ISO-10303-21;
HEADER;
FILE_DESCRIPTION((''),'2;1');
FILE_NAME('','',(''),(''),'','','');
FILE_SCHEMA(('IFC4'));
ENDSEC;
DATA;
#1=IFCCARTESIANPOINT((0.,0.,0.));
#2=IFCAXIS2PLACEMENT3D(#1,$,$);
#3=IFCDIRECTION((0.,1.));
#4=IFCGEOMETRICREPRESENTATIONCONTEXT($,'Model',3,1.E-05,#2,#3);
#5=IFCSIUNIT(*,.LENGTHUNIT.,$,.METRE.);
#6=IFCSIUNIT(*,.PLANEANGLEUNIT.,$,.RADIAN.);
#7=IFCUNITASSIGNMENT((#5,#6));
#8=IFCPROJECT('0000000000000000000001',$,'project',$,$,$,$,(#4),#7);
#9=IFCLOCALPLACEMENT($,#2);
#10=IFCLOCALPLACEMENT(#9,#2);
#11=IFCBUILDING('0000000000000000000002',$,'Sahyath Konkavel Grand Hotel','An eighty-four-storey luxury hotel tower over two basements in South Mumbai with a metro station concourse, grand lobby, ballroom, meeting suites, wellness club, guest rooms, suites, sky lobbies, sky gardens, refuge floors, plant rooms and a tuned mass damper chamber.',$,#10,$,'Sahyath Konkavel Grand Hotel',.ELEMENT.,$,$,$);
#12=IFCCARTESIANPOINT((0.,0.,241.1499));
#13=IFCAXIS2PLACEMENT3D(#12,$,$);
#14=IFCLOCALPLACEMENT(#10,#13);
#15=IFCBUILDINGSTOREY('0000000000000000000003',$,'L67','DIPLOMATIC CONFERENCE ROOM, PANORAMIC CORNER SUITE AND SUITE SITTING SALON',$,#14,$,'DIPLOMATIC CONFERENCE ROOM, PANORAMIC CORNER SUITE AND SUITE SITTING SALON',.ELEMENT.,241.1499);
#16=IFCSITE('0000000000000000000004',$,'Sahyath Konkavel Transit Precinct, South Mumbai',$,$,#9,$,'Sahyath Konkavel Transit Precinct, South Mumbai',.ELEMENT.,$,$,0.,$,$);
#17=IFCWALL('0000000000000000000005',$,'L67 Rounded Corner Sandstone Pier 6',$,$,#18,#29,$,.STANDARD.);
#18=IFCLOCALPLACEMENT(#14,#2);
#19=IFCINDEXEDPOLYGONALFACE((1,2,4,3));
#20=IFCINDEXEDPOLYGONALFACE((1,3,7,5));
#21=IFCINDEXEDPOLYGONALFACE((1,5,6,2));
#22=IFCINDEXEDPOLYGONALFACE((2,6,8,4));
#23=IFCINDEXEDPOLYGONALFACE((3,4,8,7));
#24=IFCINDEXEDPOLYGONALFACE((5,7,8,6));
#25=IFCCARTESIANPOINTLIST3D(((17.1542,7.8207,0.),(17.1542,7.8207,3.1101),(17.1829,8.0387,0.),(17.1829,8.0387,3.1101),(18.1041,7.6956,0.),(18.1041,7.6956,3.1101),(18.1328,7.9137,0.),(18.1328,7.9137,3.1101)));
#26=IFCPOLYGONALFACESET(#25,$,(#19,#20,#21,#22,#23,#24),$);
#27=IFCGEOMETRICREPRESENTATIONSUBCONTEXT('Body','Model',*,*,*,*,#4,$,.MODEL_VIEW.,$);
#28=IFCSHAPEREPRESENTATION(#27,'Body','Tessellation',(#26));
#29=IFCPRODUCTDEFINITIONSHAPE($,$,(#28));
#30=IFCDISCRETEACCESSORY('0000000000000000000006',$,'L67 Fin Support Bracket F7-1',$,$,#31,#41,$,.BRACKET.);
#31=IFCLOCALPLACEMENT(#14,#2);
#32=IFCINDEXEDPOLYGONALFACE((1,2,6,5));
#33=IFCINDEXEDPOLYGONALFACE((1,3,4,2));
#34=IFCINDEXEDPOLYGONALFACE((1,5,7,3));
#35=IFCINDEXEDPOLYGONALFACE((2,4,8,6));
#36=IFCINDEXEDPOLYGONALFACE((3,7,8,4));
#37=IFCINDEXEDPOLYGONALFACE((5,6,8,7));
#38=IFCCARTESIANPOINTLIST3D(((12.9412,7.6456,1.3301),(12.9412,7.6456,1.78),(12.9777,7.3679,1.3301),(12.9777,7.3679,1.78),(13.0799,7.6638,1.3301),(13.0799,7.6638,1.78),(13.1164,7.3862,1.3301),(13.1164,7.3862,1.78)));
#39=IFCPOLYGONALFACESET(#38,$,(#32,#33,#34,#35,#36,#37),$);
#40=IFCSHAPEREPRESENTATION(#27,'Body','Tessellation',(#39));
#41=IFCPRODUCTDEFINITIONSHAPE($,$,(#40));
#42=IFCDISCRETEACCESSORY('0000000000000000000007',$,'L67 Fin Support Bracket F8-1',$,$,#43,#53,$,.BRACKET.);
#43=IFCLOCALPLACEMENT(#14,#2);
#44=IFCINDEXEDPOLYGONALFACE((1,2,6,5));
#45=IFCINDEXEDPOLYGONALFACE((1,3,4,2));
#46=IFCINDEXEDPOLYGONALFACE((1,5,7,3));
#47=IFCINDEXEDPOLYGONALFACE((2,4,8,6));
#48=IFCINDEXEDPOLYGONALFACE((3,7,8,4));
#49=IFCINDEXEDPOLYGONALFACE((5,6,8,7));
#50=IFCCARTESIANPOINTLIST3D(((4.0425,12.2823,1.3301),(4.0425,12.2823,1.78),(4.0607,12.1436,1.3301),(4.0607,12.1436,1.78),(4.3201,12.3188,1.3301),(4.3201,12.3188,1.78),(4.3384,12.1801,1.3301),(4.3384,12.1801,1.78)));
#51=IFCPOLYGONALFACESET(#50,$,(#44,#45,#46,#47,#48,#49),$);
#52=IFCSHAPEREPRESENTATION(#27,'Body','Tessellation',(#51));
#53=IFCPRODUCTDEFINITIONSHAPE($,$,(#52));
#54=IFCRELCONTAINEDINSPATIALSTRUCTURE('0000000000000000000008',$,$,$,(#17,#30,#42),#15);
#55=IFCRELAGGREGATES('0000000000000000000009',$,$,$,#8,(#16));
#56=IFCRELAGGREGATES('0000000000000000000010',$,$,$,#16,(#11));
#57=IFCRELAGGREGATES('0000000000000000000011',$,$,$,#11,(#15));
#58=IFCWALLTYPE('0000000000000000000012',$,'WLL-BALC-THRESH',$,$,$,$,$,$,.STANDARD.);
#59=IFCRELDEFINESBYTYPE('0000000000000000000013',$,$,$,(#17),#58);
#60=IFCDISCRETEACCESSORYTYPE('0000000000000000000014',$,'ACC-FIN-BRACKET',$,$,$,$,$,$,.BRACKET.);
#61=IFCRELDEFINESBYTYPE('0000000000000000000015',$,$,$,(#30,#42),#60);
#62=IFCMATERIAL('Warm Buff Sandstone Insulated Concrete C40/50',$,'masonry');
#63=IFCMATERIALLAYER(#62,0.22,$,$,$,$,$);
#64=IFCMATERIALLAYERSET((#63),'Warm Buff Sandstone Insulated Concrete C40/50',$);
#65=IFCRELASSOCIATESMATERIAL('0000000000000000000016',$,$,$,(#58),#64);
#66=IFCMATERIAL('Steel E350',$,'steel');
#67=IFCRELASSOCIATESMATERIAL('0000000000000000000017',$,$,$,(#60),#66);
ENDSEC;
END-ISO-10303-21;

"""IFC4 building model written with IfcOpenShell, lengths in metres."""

from ifc_helpers import new_model, si_unit, direction, frame, frame_2d, origin, origin_2d, place, context, subcontext, project, spatial, rectangle, extrude, source, transform, mapped, material, layer, layer_set, type_object, element, save


model = new_model("IFC4")

# Units and contexts
model_context = context("Model", 3, precision=1e-05, world=origin(), true_north=direction((0.0, 1.0)))
body_context = subcontext(model_context, "Body", "Model", "MODEL_VIEW")
ifc_project = project(units=[si_unit("LENGTHUNIT", "METRE"), si_unit("PLANEANGLEUNIT", "RADIAN")], contexts=[model_context])

# Site, building, storey
site_placement = place(None, origin())
site = spatial("IfcSite", under=ifc_project, at=site_placement, Name="Sahyath Konkavel Transit Precinct, South Mumbai", LongName="Sahyath Konkavel Transit Precinct, South Mumbai", CompositionType="ELEMENT", RefElevation=0.0)
building_placement = place(site_placement, origin())
building = spatial("IfcBuilding", under=site, at=building_placement, Name="Sahyath Konkavel Grand Hotel", Description="An eighty-four-storey luxury hotel tower over two basements in South Mumbai with a metro station concourse, grand lobby, ballroom, meeting suites, wellness club, guest rooms, suites, sky lobbies, sky gardens, refuge floors, plant rooms and a tuned mass damper chamber.", LongName="Sahyath Konkavel Grand Hotel", CompositionType="ELEMENT")
storey_placement = place(building_placement, frame((0.0, 0.0, 241.1499)))
storey = spatial("IfcBuildingStorey", under=building, at=storey_placement, Name="L67", Description="DIPLOMATIC CONFERENCE ROOM, PANORAMIC CORNER SUITE AND SUITE SITTING SALON", LongName="DIPLOMATIC CONFERENCE ROOM, PANORAMIC CORNER SUITE AND SUITE SITTING SALON", CompositionType="ELEMENT", Elevation=241.1499)

# Shared definitions
ifc_material_1 = material(Name="Steel E350", Category="steel")

# Wall
ifc_material_2 = material(Name="Warm Buff Sandstone Insulated Concrete C40/50", Category="masonry")
ifc_layer_1 = layer(ifc_material_2, 0.22)
ifc_layer_set_1 = layer_set([ifc_layer_1], Name="Warm Buff Sandstone Insulated Concrete C40/50")
wall_type = type_object("IfcWallType", Name="WLL-BALC-THRESH", PredefinedType="STANDARD", material=ifc_layer_set_1)
wall_1_placement = place(storey_placement, frame((18.1184, 7.8047, 0.0), z_axis=(0.0, 0.0, 1.0), x_axis=(-0.991449, 0.130494, 0.0)))
element("IfcWall", 1, at=wall_1_placement, inside=storey, type_object=wall_type, Name="L67 Rounded Corner Sandstone Pier 6", PredefinedType="STANDARD", context=body_context, shape_type="SweptSolid", body=[
    extrude(rectangle(XDim=0.958, YDim=0.22, at=frame_2d((0.479, 0.0))), origin(), (0.0, 0.0, 1.0), 3.1101),
])

# Discrete accessories
discrete_accessory_type = type_object("IfcDiscreteAccessoryType", Name="ACC-FIN-BRACKET", PredefinedType="BRACKET", material=ifc_material_1)
shared_shape_1 = source(origin(), body_context, "Body", "SweptSolid", [
    extrude(rectangle(XDim=0.28, YDim=0.1399, at=origin_2d()), origin(), (0.0, 0.0, 1.0), 0.45),
])
for number, where, z_axis, x_axis, name in (
    (2, (13.0288, 7.5159, 1.3301), (0.0, 0.0, 1.0), (-0.130526, 0.991445, 0.0), "L67 Fin Support Bracket F7-1"),
    (3, (4.1904, 12.2312, 1.3301), (0.0, 0.0, 1.0), (0.991445, 0.130526, 0.0), "L67 Fin Support Bracket F8-1"),
):
    element("IfcDiscreteAccessory", number, at=place(storey_placement, frame(where, z_axis=z_axis, x_axis=x_axis)), inside=storey, type_object=discrete_accessory_type, Name=name, PredefinedType="BRACKET", context=body_context, shape_type="MappedRepresentation", body=[
        mapped(shared_shape_1, transform((0.0, 0.0, 0.0), scale=1.0)),
    ])

save(model, "model.ifc")
